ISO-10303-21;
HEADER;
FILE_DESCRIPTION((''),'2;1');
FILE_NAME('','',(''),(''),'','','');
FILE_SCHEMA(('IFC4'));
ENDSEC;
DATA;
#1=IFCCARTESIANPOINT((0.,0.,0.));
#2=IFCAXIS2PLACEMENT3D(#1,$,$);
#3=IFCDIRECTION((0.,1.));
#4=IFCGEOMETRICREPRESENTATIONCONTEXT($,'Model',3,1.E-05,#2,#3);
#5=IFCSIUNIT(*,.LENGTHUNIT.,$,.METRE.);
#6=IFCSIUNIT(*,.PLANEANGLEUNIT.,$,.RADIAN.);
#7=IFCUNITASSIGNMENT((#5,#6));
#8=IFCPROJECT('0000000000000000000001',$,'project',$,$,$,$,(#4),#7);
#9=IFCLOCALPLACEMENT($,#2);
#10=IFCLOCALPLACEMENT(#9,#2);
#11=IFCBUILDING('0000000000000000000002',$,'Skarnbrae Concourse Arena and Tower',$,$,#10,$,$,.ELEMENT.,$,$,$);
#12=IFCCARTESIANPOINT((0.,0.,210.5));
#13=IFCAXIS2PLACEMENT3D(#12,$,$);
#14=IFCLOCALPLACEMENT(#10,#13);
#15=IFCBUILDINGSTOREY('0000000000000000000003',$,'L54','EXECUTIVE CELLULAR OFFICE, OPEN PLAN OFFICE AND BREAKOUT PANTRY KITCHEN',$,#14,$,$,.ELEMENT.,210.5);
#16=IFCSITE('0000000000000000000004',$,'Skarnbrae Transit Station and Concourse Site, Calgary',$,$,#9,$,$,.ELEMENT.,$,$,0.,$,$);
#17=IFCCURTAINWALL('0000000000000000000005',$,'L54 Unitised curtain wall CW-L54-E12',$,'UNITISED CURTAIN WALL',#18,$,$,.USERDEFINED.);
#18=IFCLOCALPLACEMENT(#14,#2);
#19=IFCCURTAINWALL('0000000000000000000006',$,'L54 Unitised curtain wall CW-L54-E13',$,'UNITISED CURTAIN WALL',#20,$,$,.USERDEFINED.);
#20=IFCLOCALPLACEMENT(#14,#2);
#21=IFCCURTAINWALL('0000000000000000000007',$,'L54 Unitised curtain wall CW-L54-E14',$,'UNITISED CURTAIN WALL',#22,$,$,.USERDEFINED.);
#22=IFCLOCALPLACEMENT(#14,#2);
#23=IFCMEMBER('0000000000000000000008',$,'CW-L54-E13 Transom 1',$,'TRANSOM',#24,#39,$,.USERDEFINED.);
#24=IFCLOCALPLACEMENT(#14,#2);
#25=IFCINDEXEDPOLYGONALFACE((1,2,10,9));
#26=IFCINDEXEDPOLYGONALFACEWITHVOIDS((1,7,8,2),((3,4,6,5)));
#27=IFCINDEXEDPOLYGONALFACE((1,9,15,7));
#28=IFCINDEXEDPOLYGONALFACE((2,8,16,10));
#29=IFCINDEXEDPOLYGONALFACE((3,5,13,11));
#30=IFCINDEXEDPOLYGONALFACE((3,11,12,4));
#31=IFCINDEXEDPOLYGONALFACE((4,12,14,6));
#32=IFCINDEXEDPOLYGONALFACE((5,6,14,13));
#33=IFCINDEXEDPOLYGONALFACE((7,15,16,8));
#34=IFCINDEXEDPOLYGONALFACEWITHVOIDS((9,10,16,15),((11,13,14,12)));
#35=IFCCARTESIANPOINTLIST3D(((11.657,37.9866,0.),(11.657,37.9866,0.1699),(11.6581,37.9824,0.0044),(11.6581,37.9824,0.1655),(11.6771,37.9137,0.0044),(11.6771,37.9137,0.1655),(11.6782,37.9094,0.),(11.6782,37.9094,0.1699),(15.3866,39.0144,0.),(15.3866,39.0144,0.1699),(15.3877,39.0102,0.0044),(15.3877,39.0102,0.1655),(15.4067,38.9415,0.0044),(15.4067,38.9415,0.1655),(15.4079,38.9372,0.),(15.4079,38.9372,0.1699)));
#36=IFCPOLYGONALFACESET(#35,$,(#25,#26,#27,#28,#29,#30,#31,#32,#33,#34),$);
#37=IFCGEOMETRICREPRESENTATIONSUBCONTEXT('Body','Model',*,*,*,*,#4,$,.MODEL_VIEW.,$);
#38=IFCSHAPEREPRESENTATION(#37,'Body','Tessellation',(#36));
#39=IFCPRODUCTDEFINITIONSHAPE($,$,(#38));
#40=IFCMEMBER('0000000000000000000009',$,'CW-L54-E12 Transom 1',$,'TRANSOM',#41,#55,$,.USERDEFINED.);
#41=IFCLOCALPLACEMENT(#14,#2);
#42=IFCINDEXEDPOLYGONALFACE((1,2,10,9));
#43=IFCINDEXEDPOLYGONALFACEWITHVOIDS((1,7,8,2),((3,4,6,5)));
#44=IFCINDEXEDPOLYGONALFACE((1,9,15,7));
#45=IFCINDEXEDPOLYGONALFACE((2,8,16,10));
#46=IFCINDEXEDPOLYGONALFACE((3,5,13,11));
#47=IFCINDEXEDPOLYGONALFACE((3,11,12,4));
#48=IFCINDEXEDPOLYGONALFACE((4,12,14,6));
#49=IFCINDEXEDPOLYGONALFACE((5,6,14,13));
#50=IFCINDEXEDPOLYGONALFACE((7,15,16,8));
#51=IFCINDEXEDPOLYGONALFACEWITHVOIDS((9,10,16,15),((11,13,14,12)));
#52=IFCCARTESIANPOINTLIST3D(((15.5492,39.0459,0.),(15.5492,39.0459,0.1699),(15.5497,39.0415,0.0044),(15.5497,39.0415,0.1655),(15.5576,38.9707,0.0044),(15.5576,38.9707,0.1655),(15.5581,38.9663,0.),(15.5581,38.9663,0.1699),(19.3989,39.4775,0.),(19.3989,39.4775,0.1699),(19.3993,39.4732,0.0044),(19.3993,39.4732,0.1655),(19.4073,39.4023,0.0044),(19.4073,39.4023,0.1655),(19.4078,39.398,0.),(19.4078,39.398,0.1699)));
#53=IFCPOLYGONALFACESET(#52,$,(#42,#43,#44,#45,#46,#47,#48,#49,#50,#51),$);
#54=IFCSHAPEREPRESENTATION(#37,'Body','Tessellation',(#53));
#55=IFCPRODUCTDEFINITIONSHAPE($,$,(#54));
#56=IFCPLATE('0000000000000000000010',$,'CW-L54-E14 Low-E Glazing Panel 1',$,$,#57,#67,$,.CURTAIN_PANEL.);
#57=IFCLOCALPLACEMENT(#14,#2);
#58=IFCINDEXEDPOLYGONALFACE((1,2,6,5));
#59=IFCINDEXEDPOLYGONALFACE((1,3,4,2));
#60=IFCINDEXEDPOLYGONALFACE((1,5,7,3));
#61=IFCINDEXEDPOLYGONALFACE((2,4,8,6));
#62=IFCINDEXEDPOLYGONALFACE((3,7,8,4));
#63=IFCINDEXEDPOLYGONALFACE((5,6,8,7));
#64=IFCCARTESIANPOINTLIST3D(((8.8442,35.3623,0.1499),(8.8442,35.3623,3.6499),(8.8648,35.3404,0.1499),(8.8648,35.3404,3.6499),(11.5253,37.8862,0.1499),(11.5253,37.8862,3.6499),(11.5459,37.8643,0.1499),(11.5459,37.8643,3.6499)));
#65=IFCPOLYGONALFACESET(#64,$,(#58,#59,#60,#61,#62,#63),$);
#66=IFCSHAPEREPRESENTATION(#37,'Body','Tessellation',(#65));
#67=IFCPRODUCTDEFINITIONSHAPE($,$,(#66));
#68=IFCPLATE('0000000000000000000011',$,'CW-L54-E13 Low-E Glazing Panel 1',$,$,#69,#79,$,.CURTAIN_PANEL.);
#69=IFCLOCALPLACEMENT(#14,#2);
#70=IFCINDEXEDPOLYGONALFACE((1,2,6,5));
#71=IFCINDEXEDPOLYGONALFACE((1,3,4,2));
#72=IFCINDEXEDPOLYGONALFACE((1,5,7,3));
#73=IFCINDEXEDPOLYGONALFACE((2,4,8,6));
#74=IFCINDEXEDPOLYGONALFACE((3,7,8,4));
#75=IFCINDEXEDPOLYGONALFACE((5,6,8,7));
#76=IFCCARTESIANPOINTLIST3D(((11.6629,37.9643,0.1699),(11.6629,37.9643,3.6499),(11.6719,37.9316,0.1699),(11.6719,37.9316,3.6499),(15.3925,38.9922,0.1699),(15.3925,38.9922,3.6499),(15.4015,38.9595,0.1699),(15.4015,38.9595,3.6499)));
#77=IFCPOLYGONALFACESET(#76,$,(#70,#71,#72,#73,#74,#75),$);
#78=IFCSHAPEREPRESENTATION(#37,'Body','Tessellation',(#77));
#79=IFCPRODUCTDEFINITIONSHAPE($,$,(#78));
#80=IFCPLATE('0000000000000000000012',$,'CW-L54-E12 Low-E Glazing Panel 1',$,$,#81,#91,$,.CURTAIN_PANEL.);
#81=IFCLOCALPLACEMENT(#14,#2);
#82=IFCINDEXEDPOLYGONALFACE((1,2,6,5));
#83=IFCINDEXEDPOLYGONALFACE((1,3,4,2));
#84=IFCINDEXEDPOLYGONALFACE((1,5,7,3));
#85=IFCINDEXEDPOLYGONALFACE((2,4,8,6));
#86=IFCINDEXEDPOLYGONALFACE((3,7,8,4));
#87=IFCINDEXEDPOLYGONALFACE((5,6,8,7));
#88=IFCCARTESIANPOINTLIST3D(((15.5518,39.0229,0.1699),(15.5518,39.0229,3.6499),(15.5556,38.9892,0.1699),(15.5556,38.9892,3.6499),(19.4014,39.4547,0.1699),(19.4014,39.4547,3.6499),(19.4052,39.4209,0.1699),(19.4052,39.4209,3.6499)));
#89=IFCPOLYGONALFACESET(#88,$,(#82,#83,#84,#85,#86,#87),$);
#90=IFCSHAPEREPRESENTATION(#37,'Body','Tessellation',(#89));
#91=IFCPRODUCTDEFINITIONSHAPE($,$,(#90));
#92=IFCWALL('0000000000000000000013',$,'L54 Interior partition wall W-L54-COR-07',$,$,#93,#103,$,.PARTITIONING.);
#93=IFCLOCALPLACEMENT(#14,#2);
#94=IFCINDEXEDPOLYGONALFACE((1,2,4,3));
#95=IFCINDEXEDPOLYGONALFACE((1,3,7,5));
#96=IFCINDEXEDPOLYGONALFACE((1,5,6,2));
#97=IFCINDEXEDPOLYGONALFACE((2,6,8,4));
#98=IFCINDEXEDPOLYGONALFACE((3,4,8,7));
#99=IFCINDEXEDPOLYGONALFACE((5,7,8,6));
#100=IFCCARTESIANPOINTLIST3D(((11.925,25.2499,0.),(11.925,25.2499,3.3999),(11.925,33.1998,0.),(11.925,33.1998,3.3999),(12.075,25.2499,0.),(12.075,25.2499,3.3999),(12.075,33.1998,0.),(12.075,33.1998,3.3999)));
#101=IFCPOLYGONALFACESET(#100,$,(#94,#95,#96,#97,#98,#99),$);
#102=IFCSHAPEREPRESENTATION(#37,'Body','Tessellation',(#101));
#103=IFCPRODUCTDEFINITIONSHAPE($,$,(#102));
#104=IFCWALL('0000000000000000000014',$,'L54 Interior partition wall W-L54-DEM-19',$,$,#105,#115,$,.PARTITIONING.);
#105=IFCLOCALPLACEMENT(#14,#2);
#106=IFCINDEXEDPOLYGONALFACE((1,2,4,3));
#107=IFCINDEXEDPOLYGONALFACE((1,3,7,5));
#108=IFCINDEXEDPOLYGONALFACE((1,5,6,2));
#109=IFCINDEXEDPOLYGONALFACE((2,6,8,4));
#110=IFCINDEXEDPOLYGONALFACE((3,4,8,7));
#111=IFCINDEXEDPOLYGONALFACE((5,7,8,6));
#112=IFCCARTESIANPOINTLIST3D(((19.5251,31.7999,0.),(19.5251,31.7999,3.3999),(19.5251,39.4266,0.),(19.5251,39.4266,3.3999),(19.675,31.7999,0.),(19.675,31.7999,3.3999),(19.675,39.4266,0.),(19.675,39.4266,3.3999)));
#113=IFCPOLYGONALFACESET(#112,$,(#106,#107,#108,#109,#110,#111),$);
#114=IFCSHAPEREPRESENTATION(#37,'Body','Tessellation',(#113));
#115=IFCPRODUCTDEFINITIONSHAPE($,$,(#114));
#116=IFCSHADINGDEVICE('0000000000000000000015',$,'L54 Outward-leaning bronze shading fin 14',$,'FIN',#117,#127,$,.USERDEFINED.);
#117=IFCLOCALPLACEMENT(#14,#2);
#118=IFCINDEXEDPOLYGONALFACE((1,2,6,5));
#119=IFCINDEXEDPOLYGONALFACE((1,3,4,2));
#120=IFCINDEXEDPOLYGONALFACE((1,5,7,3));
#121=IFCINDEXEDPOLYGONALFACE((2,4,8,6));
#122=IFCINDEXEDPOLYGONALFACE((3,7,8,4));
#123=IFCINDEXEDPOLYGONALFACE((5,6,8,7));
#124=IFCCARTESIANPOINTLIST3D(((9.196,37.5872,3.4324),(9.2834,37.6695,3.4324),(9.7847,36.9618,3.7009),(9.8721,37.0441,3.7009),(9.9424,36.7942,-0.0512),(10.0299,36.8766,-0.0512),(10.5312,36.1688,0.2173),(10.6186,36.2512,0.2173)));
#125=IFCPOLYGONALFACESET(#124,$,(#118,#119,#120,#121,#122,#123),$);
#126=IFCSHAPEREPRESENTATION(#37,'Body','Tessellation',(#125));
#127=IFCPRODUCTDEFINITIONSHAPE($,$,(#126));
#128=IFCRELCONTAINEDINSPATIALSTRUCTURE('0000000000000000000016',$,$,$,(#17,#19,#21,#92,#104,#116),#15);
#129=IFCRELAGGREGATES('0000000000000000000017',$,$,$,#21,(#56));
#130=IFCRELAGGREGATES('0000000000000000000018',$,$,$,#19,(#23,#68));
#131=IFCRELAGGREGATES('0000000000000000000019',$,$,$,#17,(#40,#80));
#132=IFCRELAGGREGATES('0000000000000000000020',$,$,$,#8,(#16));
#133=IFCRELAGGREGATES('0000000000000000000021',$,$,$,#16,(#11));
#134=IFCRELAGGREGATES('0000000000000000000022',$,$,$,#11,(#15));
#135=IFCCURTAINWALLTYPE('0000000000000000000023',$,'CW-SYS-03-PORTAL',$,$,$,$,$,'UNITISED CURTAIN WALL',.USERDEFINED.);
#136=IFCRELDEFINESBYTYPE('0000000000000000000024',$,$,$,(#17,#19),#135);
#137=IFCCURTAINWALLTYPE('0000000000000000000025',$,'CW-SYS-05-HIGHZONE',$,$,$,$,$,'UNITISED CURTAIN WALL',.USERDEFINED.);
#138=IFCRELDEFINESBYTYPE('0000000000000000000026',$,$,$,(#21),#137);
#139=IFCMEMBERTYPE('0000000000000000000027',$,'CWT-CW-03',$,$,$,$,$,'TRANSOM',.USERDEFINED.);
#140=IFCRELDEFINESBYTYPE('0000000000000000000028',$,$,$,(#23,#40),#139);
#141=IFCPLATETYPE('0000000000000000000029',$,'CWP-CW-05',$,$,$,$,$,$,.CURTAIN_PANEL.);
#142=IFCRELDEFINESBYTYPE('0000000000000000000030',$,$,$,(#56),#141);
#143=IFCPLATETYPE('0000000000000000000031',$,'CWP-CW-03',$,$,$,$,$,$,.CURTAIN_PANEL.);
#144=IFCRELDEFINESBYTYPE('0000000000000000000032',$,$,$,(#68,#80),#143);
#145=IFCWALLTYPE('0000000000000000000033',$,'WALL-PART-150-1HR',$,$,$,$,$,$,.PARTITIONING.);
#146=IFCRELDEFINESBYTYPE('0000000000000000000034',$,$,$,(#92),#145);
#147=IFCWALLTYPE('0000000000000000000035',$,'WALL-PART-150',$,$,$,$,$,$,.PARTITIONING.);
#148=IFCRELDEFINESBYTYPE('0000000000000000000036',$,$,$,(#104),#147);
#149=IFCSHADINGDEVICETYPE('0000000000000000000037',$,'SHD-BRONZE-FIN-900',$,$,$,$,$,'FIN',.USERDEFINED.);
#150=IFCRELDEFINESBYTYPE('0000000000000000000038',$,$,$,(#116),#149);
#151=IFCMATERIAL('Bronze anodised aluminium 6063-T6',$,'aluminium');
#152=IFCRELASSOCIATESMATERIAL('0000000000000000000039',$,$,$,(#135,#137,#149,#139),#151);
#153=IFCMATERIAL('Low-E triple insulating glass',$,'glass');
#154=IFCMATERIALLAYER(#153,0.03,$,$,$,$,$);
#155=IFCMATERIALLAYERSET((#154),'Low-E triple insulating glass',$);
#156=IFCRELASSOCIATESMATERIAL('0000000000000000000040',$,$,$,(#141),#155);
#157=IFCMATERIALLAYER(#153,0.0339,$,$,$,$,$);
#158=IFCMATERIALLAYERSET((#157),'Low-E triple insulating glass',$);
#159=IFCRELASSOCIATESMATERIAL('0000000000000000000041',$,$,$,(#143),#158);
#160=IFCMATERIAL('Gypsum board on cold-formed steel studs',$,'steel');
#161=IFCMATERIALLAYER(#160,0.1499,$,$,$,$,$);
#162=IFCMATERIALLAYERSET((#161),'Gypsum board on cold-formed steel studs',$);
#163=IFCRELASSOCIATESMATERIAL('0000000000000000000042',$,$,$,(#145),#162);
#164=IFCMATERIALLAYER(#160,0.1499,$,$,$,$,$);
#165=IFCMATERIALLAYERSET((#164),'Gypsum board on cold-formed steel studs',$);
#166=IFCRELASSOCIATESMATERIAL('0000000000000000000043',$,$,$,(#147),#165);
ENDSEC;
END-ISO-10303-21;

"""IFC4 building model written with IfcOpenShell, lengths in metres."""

from ifc_helpers import new_model, si_unit, direction, frame, frame_2d, origin, origin_2d, place, context, subcontext, project, spatial, rectangle, hollow_rectangle, extrude, source, transform, mapped, material, layer, layer_set, material_profile, profile_set, type_object, element, aggregate, save


model = new_model("IFC4")

# Units and contexts
model_context = context("Model", 3, precision=1e-05, world=origin(), true_north=direction((0.0, 1.0)))
body_context = subcontext(model_context, "Body", "Model", "MODEL_VIEW")
ifc_project = project(units=[si_unit("LENGTHUNIT", "METRE"), si_unit("PLANEANGLEUNIT", "RADIAN")], contexts=[model_context])

# Site, building, storey
site_placement = place(None, origin())
site = spatial("IfcSite", under=ifc_project, at=site_placement, Name="Skarnbrae Transit Station and Concourse Site, Calgary", CompositionType="ELEMENT", RefElevation=0.0)
building_placement = place(site_placement, origin())
building = spatial("IfcBuilding", under=site, at=building_placement, Name="Skarnbrae Concourse Arena and Tower", CompositionType="ELEMENT")
storey_placement = place(building_placement, frame((0.0, 0.0, 210.5)))
storey = spatial("IfcBuildingStorey", under=building, at=storey_placement, Name="L54", Description="EXECUTIVE CELLULAR OFFICE, OPEN PLAN OFFICE AND BREAKOUT PANTRY KITCHEN", CompositionType="ELEMENT", Elevation=210.5)

# Shared definitions
ifc_material_1 = material(Name="Bronze anodised aluminium 6063-T6", Category="aluminium")
curtain_wall_type_1 = type_object("IfcCurtainWallType", Name="CW-SYS-03-PORTAL", ElementType="UNITISED CURTAIN WALL", PredefinedType="USERDEFINED", material=ifc_material_1)

# Curtain walls
curtain_wall_1_placement = place(storey_placement, origin())
curtain_wall_1 = element("IfcCurtainWall", 1, at=curtain_wall_1_placement, inside=storey, type_object=curtain_wall_type_1, Name="L54 Unitised curtain wall CW-L54-E12", ObjectType="UNITISED CURTAIN WALL", PredefinedType="USERDEFINED")
curtain_wall_2_placement = place(storey_placement, origin())
curtain_wall_2 = element("IfcCurtainWall", 2, at=curtain_wall_2_placement, inside=storey, type_object=curtain_wall_type_1, Name="L54 Unitised curtain wall CW-L54-E13", ObjectType="UNITISED CURTAIN WALL", PredefinedType="USERDEFINED")
curtain_wall_type_2 = type_object("IfcCurtainWallType", Name="CW-SYS-05-HIGHZONE", ElementType="UNITISED CURTAIN WALL", PredefinedType="USERDEFINED", material=ifc_material_1)
curtain_wall_3_placement = place(storey_placement, origin())
curtain_wall_3 = element("IfcCurtainWall", 3, at=curtain_wall_3_placement, inside=storey, type_object=curtain_wall_type_2, Name="L54 Unitised curtain wall CW-L54-E14", ObjectType="UNITISED CURTAIN WALL", PredefinedType="USERDEFINED")

# Members
ifc_material_profile_1 = material_profile(ifc_material_1, hollow_rectangle(XDim=0.0801, YDim=0.1699, WallThickness=0.0044, at=origin_2d()), Name="ALU-TRAN-80X170")
ifc_profile_set_1 = profile_set([ifc_material_profile_1], Name="Bronze anodised aluminium 6063-T6")
member_type_1 = type_object("IfcMemberType", Name="CWT-CW-03", ElementType="TRANSOM", PredefinedType="USERDEFINED", material=ifc_profile_set_1)
shared_shape_1 = source(origin(), body_context, "Body", "SweptSolid", [
    extrude(hollow_rectangle(XDim=0.0801, YDim=0.1699, WallThickness=0.0044, at=origin_2d()), origin(), (0.0, 0.0, 1.0), 3.8687),
])
member_1_placement = place(storey_placement, frame((15.3972, 38.9758, 0.085), z_axis=(-0.964063, -0.265674, 0.0), x_axis=(0.265674, -0.964063, 0.0)))
member_1 = element("IfcMember", 4, at=member_1_placement, type_object=member_type_1, Name="CW-L54-E13 Transom 1", ObjectType="TRANSOM", PredefinedType="USERDEFINED", context=body_context, shape_type="MappedRepresentation", body=[
    mapped(shared_shape_1, transform((0.0, 0.0, 0.0))),
])
shared_shape_2 = source(origin(), body_context, "Body", "SweptSolid", [
    extrude(hollow_rectangle(XDim=0.0801, YDim=0.1699, WallThickness=0.0044, at=origin_2d()), origin(), (0.0, 0.0, 1.0), 3.8738),
])
member_2_placement = place(storey_placement, frame((19.4033, 39.4377, 0.085), z_axis=(-0.993773, -0.111428, 0.0), x_axis=(0.111428, -0.993773, 0.0)))
member_2 = element("IfcMember", 5, at=member_2_placement, type_object=member_type_1, Name="CW-L54-E12 Transom 1", ObjectType="TRANSOM", PredefinedType="USERDEFINED", context=body_context, shape_type="MappedRepresentation", body=[
    mapped(shared_shape_2, transform((0.0, 0.0, 0.0))),
])

# Plates
ifc_material_2 = material(Name="Low-E triple insulating glass", Category="glass")
ifc_layer_1 = layer(ifc_material_2, 0.03)
ifc_layer_set_1 = layer_set([ifc_layer_1], Name="Low-E triple insulating glass")
plate_type_1 = type_object("IfcPlateType", Name="CWP-CW-05", PredefinedType="CURTAIN_PANEL", material=ifc_layer_set_1)
shared_shape_3 = source(origin(), body_context, "Body", "SweptSolid", [
    extrude(rectangle(XDim=3.6821, YDim=0.03, at=origin_2d()), origin(), (0.0, 0.0, 1.0), 3.5),
])
plate_1_placement = place(storey_placement, frame((10.1951, 36.6133, 0.1499), z_axis=(0.0, 0.0, 1.0), x_axis=(-0.728131, -0.685438, 0.0)))
plate_1 = element("IfcPlate", 6, at=plate_1_placement, type_object=plate_type_1, Name="CW-L54-E14 Low-E Glazing Panel 1", PredefinedType="CURTAIN_PANEL", context=body_context, shape_type="MappedRepresentation", body=[
    mapped(shared_shape_3, transform((0.0, 0.0, 0.0))),
])
aggregate(curtain_wall_3, [plate_1])
ifc_layer_2 = layer(ifc_material_2, 0.0339)
ifc_layer_set_2 = layer_set([ifc_layer_2], Name="Low-E triple insulating glass")
plate_type_2 = type_object("IfcPlateType", Name="CWP-CW-03", PredefinedType="CURTAIN_PANEL", material=ifc_layer_set_2)
shared_shape_4 = source(origin(), body_context, "Body", "SweptSolid", [
    extrude(rectangle(XDim=3.8687, YDim=0.0339, at=origin_2d()), origin(), (0.0, 0.0, 1.0), 3.48),
])
plate_2_placement = place(storey_placement, frame((13.5322, 38.4619, 0.1699), z_axis=(0.0, 0.0, 1.0), x_axis=(-0.964057, -0.265694, 0.0)))
plate_2 = element("IfcPlate", 7, at=plate_2_placement, type_object=plate_type_2, Name="CW-L54-E13 Low-E Glazing Panel 1", PredefinedType="CURTAIN_PANEL", context=body_context, shape_type="MappedRepresentation", body=[
    mapped(shared_shape_4, transform((0.0, 0.0, 0.0))),
])
aggregate(curtain_wall_2, [member_1, plate_2])
shared_shape_5 = source(origin(), body_context, "Body", "SweptSolid", [
    extrude(rectangle(XDim=3.8738, YDim=0.0339, at=origin_2d()), origin(), (0.0, 0.0, 1.0), 3.48),
])
plate_3_placement = place(storey_placement, frame((17.4785, 39.2219, 0.1699), z_axis=(0.0, 0.0, 1.0), x_axis=(-0.993769, -0.11146, 0.0)))
plate_3 = element("IfcPlate", 8, at=plate_3_placement, type_object=plate_type_2, Name="CW-L54-E12 Low-E Glazing Panel 1", PredefinedType="CURTAIN_PANEL", context=body_context, shape_type="MappedRepresentation", body=[
    mapped(shared_shape_5, transform((0.0, 0.0, 0.0))),
])
aggregate(curtain_wall_1, [member_2, plate_3])

# Walls
ifc_material_3 = material(Name="Gypsum board on cold-formed steel studs", Category="steel")
ifc_layer_3 = layer(ifc_material_3, 0.1499)
ifc_layer_set_3 = layer_set([ifc_layer_3], Name="Gypsum board on cold-formed steel studs")
wall_type_1 = type_object("IfcWallType", Name="WALL-PART-150-1HR", PredefinedType="PARTITIONING", material=ifc_layer_set_3)
shared_shape_6 = source(origin(), body_context, "Body", "SweptSolid", [
    extrude(rectangle(XDim=7.95, YDim=0.1499, at=frame_2d((3.9751, 0.0))), origin(), (0.0, 0.0, 1.0), 3.3999),
])
wall_1_placement = place(storey_placement, frame((12.0, 33.2, 0.0), z_axis=(0.0, 0.0, 1.0), x_axis=(0.0, -1.0, 0.0)))
element("IfcWall", 9, at=wall_1_placement, inside=storey, type_object=wall_type_1, Name="L54 Interior partition wall W-L54-COR-07", PredefinedType="PARTITIONING", context=body_context, shape_type="MappedRepresentation", body=[
    mapped(shared_shape_6, transform((0.0, 0.0, 0.0))),
])
ifc_layer_4 = layer(ifc_material_3, 0.1499)
ifc_layer_set_4 = layer_set([ifc_layer_4], Name="Gypsum board on cold-formed steel studs")
wall_type_2 = type_object("IfcWallType", Name="WALL-PART-150", PredefinedType="PARTITIONING", material=ifc_layer_set_4)
shared_shape_7 = source(origin(), body_context, "Body", "SweptSolid", [
    extrude(rectangle(XDim=7.6267, YDim=0.1499, at=frame_2d((3.8135, 0.0))), origin(), (0.0, 0.0, 1.0), 3.3999),
])
wall_2_placement = place(storey_placement, frame((19.6001, 39.4268, 0.0), z_axis=(0.0, 0.0, 1.0), x_axis=(0.0, -1.0, 0.0)))
element("IfcWall", 10, at=wall_2_placement, inside=storey, type_object=wall_type_2, Name="L54 Interior partition wall W-L54-DEM-19", PredefinedType="PARTITIONING", context=body_context, shape_type="MappedRepresentation", body=[
    mapped(shared_shape_7, transform((0.0, 0.0, 0.0))),
])

# Shading device
shading_device_type = type_object("IfcShadingDeviceType", Name="SHD-BRONZE-FIN-900", ElementType="FIN", PredefinedType="USERDEFINED", material=ifc_material_1)
shared_shape_8 = source(origin(), body_context, "Body", "SweptSolid", [
    extrude(rectangle(XDim=0.1201, YDim=0.8999, at=origin_2d()), origin(), (0.0, 0.0, 1.0), 3.6499),
])
shading_device_placement = place(storey_placement, frame((10.2805, 36.5227, 0.083), z_axis=(-0.204517, 0.217256, 0.954449), x_axis=(0.728132, 0.685437, 0.0)))
element("IfcShadingDevice", 11, at=shading_device_placement, inside=storey, type_object=shading_device_type, Name="L54 Outward-leaning bronze shading fin 14", ObjectType="FIN", PredefinedType="USERDEFINED", context=body_context, shape_type="MappedRepresentation", body=[
    mapped(shared_shape_8, transform((0.0, 0.0, 0.0))),
])

save(model, "model.ifc")
